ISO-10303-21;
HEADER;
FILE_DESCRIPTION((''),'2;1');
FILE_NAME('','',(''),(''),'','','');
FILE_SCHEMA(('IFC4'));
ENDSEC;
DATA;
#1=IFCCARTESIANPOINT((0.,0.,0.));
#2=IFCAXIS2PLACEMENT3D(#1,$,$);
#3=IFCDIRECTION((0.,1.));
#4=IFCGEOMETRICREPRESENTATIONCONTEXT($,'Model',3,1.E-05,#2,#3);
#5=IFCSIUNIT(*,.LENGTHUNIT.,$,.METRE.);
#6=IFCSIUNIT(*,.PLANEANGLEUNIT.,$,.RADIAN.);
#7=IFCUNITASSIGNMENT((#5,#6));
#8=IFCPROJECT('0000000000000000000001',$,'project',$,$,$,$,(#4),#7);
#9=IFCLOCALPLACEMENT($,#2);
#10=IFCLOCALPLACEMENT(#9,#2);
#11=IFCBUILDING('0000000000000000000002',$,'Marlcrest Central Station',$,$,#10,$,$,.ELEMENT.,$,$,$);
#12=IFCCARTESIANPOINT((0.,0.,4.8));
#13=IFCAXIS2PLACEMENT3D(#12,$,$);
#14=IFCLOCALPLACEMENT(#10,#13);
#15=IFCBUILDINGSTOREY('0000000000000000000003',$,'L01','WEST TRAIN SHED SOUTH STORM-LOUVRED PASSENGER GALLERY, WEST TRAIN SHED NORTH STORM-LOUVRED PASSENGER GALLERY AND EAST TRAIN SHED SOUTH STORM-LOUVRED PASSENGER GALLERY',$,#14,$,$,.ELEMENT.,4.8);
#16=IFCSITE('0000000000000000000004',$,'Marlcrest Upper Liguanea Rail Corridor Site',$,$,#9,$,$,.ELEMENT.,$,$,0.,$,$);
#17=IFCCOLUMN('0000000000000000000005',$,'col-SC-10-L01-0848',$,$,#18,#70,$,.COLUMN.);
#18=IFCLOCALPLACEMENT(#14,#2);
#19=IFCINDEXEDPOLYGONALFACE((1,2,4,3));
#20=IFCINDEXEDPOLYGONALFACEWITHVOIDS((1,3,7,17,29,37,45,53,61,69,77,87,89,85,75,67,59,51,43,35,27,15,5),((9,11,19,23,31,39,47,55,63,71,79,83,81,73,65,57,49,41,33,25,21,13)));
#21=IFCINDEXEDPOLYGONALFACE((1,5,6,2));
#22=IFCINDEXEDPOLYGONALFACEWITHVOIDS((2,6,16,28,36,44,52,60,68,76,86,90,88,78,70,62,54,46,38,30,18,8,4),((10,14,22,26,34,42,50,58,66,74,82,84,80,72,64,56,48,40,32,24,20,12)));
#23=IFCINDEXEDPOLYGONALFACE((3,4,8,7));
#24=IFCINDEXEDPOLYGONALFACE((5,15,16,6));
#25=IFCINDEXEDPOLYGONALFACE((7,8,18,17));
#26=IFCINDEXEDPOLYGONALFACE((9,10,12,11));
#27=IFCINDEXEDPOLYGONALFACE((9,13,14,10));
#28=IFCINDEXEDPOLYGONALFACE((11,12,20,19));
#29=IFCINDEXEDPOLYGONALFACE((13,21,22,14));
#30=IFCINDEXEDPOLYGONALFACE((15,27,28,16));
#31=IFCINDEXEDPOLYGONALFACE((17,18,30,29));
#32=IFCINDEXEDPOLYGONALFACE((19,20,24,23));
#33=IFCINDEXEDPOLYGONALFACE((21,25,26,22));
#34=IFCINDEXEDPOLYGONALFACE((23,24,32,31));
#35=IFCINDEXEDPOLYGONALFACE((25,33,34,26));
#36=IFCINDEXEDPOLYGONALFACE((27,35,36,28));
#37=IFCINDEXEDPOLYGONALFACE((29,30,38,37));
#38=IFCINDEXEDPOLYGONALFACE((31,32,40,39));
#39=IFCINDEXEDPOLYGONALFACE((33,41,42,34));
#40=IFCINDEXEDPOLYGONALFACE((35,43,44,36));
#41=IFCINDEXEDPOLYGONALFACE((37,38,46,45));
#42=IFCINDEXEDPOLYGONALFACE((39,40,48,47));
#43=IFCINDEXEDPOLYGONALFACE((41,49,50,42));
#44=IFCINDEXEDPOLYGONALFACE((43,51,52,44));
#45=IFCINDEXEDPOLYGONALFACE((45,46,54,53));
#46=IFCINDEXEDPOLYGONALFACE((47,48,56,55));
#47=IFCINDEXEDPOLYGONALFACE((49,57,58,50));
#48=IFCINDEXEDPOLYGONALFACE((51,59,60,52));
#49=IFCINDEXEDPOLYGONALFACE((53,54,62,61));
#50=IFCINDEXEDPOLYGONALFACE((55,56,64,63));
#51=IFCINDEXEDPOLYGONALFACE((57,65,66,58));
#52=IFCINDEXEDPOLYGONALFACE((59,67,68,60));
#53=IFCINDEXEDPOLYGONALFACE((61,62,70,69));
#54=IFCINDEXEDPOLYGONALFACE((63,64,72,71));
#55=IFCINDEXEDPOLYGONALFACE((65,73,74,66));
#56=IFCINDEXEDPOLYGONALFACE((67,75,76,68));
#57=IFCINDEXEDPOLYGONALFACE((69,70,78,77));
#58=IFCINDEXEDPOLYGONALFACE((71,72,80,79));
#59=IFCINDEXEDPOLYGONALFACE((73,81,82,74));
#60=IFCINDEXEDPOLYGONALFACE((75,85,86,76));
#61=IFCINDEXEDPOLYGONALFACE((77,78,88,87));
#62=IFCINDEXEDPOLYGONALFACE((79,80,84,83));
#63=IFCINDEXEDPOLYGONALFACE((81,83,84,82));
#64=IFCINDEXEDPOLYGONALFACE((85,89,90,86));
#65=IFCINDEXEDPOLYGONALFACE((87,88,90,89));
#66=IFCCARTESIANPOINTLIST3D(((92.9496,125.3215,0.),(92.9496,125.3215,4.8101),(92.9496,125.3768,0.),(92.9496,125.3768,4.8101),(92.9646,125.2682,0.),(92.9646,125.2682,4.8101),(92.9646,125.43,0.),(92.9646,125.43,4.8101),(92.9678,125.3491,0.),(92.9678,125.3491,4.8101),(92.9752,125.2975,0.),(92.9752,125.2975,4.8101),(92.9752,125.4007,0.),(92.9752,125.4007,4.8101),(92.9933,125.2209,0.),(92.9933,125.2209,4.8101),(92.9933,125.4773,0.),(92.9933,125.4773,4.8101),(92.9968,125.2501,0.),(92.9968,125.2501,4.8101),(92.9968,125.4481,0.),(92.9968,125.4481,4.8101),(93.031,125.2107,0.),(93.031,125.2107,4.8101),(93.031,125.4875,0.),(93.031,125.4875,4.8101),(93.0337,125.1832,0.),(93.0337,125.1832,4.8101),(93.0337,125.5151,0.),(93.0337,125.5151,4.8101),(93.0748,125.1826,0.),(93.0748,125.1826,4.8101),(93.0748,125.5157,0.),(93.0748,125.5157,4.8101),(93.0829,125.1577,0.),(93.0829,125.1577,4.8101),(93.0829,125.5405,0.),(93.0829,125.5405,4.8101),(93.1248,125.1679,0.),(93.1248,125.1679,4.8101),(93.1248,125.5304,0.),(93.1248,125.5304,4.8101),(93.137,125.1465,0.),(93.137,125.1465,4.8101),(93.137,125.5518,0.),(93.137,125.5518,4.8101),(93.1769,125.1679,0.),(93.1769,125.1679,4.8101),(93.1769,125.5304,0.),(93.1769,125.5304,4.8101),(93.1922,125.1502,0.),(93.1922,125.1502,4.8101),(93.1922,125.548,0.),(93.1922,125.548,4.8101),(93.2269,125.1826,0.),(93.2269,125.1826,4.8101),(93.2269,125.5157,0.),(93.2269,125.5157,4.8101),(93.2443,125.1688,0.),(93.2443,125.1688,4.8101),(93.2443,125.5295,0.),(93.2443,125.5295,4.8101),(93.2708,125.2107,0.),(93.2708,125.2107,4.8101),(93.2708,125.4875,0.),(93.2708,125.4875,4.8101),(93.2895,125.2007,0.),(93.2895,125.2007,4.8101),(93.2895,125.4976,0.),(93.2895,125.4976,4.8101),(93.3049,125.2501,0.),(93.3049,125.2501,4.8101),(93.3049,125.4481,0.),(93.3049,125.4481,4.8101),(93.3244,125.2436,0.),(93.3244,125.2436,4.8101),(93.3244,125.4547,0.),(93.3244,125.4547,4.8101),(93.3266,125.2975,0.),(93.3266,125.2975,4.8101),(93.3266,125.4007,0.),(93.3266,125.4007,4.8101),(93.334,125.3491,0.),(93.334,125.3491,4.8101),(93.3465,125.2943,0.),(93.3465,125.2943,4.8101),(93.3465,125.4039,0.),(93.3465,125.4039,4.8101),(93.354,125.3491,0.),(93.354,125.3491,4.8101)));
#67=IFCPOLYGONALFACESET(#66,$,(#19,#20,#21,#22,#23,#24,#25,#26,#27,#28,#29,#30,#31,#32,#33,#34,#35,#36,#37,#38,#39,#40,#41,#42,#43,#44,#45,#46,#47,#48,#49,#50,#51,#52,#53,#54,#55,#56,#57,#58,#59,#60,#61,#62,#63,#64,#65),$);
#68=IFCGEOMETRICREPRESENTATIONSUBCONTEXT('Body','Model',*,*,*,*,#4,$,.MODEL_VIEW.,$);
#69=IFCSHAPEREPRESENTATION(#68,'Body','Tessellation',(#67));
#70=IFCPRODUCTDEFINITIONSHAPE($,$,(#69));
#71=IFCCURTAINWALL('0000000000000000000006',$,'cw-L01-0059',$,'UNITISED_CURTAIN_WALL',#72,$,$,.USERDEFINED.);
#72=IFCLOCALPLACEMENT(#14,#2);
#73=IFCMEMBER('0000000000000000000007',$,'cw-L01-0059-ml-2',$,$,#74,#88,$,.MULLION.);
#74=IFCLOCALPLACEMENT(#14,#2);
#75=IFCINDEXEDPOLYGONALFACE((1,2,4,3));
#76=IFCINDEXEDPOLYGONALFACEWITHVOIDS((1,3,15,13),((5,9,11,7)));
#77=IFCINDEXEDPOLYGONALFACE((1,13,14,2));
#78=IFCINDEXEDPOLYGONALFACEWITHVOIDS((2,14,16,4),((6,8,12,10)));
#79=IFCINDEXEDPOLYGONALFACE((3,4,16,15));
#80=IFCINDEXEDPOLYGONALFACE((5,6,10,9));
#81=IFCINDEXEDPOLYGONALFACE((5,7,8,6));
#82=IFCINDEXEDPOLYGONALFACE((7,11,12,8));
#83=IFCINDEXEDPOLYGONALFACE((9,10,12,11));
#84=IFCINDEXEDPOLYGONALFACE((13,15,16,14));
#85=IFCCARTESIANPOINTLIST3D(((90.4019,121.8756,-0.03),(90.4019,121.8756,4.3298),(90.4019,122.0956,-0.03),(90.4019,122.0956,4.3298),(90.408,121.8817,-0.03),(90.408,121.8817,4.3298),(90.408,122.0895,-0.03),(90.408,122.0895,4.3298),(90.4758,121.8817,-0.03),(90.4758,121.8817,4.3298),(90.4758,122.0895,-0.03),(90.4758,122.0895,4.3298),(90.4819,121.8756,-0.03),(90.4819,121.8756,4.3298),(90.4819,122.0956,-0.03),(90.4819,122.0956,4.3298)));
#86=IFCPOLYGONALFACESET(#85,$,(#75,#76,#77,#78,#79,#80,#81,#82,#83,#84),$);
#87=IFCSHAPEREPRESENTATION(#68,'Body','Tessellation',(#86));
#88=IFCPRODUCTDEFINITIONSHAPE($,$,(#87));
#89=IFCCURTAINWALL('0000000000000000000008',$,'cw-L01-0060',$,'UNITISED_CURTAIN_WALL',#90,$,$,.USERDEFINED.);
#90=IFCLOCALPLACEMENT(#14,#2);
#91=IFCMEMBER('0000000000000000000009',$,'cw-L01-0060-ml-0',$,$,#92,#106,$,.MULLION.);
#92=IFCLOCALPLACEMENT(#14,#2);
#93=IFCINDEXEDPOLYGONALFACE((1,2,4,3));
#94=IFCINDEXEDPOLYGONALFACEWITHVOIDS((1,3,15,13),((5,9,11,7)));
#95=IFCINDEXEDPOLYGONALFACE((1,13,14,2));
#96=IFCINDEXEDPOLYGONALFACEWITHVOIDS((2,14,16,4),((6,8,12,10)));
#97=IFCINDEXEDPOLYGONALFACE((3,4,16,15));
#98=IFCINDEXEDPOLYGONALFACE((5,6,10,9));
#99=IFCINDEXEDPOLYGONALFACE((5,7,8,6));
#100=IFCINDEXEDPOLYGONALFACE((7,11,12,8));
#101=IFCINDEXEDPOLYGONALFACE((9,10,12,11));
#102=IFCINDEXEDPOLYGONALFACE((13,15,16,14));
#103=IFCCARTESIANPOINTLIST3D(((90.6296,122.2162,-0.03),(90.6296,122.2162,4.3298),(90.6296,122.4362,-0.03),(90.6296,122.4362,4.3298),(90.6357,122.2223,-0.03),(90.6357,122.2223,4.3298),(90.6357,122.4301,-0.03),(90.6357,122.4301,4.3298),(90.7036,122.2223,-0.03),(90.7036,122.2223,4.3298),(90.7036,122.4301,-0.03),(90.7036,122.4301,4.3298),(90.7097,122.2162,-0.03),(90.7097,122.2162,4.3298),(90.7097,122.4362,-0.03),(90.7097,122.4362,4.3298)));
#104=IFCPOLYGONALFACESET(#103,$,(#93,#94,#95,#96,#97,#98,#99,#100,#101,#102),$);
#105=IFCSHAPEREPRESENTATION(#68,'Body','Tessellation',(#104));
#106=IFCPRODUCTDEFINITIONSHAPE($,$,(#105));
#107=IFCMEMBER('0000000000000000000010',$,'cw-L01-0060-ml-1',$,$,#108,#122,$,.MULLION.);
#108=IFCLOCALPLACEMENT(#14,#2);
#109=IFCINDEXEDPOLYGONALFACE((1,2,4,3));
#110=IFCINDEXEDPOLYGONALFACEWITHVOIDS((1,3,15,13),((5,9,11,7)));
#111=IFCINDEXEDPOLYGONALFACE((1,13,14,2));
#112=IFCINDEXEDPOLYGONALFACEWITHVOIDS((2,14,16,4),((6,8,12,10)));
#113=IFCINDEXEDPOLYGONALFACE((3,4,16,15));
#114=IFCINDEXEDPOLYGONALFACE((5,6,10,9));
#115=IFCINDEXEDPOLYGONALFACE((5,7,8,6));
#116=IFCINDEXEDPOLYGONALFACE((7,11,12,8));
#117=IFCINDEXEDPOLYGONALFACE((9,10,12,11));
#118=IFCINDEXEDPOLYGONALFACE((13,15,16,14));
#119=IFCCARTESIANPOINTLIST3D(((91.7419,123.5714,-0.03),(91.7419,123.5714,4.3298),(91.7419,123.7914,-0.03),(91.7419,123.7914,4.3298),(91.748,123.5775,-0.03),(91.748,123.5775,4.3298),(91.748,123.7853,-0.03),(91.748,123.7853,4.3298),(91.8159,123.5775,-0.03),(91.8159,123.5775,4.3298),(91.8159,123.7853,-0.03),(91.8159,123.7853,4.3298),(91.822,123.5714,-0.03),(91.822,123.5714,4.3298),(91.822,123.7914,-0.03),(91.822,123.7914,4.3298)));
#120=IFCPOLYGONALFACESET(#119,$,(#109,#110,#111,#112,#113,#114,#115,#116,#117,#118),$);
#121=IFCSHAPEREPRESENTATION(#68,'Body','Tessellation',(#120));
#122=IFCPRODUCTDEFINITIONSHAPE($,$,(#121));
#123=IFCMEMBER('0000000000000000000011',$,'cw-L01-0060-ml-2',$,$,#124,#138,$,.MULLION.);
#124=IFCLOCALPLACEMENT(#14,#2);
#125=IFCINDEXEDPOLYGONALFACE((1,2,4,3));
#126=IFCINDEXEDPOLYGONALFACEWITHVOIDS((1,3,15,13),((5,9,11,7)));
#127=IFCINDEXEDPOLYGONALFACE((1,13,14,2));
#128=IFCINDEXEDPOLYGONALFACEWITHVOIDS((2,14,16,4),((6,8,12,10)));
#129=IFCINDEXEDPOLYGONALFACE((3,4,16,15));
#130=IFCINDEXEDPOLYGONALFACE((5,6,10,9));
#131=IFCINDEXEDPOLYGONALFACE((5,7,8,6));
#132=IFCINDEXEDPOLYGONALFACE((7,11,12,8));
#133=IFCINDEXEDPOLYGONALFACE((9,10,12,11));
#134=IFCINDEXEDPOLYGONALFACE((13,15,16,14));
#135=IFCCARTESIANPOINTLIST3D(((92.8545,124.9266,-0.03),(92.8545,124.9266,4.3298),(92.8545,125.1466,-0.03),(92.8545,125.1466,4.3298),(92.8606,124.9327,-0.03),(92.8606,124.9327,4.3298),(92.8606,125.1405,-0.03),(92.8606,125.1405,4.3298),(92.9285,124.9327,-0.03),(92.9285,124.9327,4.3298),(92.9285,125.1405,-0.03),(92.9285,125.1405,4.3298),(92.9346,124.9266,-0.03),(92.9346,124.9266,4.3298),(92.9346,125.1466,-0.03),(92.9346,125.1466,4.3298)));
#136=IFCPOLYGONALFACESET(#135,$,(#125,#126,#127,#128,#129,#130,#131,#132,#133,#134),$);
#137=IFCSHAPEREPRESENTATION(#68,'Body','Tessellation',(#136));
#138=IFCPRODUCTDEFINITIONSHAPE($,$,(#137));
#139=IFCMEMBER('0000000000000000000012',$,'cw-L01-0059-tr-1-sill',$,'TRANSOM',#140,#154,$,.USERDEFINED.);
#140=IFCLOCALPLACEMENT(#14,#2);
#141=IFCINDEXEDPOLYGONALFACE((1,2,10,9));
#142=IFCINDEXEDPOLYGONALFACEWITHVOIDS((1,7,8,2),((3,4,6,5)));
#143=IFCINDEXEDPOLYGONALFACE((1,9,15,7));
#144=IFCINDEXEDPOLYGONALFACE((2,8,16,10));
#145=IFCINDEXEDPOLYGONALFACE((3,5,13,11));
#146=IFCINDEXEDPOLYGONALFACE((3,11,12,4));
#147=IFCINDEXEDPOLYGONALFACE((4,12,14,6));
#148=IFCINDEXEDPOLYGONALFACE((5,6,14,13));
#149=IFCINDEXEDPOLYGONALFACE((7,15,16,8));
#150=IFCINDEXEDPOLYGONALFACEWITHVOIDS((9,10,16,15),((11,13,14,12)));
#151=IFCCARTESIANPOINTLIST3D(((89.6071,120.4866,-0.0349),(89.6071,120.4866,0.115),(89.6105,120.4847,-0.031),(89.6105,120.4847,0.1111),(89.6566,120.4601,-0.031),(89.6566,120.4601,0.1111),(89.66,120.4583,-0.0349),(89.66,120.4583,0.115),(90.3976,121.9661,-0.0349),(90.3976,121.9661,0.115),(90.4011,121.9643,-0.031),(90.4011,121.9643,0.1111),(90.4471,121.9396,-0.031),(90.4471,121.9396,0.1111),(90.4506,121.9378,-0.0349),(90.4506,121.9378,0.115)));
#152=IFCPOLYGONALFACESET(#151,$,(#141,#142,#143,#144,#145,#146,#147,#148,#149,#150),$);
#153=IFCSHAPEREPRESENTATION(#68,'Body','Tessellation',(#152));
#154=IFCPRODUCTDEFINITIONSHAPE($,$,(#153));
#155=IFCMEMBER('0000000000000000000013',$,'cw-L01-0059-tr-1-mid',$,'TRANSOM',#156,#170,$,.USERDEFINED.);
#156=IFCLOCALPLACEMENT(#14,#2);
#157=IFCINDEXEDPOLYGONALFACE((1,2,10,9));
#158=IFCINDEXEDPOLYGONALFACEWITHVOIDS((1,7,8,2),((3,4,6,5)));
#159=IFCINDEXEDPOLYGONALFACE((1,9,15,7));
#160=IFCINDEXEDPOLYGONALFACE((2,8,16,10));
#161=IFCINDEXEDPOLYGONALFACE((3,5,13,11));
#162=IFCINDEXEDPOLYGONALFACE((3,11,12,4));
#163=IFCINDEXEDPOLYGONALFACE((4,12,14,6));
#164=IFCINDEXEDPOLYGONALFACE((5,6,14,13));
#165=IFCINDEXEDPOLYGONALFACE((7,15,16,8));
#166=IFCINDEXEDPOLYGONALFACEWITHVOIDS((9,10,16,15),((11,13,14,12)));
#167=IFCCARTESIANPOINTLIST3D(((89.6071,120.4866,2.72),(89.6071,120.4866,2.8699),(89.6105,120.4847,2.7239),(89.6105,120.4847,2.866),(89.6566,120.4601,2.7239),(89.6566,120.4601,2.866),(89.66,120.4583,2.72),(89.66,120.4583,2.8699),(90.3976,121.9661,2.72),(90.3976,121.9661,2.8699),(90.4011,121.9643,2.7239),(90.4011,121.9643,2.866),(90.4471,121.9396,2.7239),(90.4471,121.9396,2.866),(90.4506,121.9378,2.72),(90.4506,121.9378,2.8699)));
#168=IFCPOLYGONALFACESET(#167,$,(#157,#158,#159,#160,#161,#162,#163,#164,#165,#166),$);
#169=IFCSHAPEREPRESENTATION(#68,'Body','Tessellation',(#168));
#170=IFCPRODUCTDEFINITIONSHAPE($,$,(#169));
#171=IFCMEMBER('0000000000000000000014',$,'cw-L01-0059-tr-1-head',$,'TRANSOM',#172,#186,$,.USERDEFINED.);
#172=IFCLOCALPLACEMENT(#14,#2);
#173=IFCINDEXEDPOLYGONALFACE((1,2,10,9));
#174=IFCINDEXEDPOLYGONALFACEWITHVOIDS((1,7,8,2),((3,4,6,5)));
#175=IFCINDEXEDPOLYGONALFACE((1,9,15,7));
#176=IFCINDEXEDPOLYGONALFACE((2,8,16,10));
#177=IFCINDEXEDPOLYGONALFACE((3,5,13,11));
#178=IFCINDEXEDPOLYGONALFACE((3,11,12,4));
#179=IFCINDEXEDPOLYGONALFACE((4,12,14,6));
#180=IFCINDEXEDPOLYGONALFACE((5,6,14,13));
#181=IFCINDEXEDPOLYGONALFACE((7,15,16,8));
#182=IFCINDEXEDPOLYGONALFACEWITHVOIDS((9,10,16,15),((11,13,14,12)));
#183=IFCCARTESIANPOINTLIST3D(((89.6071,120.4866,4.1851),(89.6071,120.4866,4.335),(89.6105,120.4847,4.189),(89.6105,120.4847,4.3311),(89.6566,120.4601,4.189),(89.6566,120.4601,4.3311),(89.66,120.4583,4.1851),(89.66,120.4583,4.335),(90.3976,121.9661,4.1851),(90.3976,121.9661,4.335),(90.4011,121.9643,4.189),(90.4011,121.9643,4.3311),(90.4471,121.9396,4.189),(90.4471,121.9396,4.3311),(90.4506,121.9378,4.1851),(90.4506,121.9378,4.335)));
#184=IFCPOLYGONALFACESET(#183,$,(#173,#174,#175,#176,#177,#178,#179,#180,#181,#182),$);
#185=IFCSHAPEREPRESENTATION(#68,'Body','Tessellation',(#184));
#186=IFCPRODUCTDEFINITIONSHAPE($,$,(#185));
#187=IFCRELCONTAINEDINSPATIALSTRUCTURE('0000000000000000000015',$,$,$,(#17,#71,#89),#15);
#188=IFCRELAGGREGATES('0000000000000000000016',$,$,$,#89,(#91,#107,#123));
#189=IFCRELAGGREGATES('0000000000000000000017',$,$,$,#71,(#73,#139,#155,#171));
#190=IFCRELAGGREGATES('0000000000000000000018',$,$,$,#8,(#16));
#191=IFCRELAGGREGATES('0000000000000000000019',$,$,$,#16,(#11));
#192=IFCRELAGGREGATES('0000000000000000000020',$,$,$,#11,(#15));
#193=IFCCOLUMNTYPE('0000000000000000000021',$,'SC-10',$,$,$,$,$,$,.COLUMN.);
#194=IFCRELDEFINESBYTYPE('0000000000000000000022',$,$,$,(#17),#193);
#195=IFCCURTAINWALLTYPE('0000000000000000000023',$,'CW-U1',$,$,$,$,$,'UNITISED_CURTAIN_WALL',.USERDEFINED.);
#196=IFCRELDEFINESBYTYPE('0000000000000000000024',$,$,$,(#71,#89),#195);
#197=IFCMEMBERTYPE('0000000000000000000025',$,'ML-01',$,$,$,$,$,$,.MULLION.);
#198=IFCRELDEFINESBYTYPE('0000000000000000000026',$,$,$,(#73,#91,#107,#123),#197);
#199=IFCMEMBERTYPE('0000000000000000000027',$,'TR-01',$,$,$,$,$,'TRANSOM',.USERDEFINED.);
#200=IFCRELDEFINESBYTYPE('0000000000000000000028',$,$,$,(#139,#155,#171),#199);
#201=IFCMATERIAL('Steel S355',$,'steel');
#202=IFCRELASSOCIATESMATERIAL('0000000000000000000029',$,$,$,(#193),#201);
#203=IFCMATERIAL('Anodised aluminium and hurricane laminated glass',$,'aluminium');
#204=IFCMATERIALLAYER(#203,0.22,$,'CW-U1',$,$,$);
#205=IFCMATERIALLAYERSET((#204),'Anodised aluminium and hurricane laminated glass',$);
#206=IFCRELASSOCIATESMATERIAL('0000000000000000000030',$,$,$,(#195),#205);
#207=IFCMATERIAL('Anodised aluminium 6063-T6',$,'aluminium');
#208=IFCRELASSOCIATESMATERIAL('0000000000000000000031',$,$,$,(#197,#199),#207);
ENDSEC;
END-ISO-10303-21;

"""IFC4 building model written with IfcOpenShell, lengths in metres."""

from ifc_helpers import new_model, si_unit, direction, frame, origin, origin_2d, place, context, subcontext, project, spatial, hollow_rectangle, hollow_circle, extrude, material, layer, layer_set, material_profile, profile_set, type_object, element, aggregate, save


model = new_model("IFC4")

# Units and contexts
model_context = context("Model", 3, precision=1e-05, world=origin(), true_north=direction((0.0, 1.0)))
body_context = subcontext(model_context, "Body", "Model", "MODEL_VIEW")
ifc_project = project(units=[si_unit("LENGTHUNIT", "METRE"), si_unit("PLANEANGLEUNIT", "RADIAN")], contexts=[model_context])

# Site, building, storey
site_placement = place(None, origin())
site = spatial("IfcSite", under=ifc_project, at=site_placement, Name="Marlcrest Upper Liguanea Rail Corridor Site", CompositionType="ELEMENT", RefElevation=0.0)
building_placement = place(site_placement, origin())
building = spatial("IfcBuilding", under=site, at=building_placement, Name="Marlcrest Central Station", CompositionType="ELEMENT")
storey_placement = place(building_placement, frame((0.0, 0.0, 4.8)))
storey = spatial("IfcBuildingStorey", under=building, at=storey_placement, Name="L01", Description="WEST TRAIN SHED SOUTH STORM-LOUVRED PASSENGER GALLERY, WEST TRAIN SHED NORTH STORM-LOUVRED PASSENGER GALLERY AND EAST TRAIN SHED SOUTH STORM-LOUVRED PASSENGER GALLERY", CompositionType="ELEMENT", Elevation=4.8)

# Column
ifc_material_1 = material(Name="Steel S355", Category="steel")
ifc_material_profile_1 = material_profile(ifc_material_1, hollow_circle(Radius=0.2031, WallThickness=0.02, at=origin_2d()), Name="CHS 406.4x20")
ifc_profile_set_1 = profile_set([ifc_material_profile_1], Name="Steel S355")
column_type = type_object("IfcColumnType", Name="SC-10", PredefinedType="COLUMN", material=ifc_profile_set_1)
column_placement = place(storey_placement, frame((93.1509, 125.3491, 0.0), z_axis=(0.0, 0.0, 1.0), x_axis=(1.0, 0.0, 0.0)))
element("IfcColumn", 1, at=column_placement, inside=storey, type_object=column_type, Name="col-SC-10-L01-0848", PredefinedType="COLUMN", context=body_context, shape_type="SweptSolid", body=[
    extrude(hollow_circle(Radius=0.2031, WallThickness=0.02, at=origin_2d()), origin(), (0.0, 0.0, 1.0), 4.8101),
])

# Curtain wall, member
ifc_material_2 = material(Name="Anodised aluminium and hurricane laminated glass", Category="aluminium")
ifc_layer_1 = layer(ifc_material_2, 0.22, Name="CW-U1")
ifc_layer_set_1 = layer_set([ifc_layer_1], Name="Anodised aluminium and hurricane laminated glass")
curtain_wall_type = type_object("IfcCurtainWallType", Name="CW-U1", ElementType="UNITISED_CURTAIN_WALL", PredefinedType="USERDEFINED", material=ifc_layer_set_1)
curtain_wall_1_placement = place(storey_placement, origin())
curtain_wall_1 = element("IfcCurtainWall", 2, at=curtain_wall_1_placement, inside=storey, type_object=curtain_wall_type, Name="cw-L01-0059", ObjectType="UNITISED_CURTAIN_WALL", PredefinedType="USERDEFINED")
ifc_material_3 = material(Name="Anodised aluminium 6063-T6", Category="aluminium")
ifc_material_profile_2 = material_profile(ifc_material_3, hollow_rectangle(XDim=0.0801, YDim=0.22, WallThickness=0.0061, at=origin_2d()), Name="AA-RHS 220x80x6")
ifc_profile_set_2 = profile_set([ifc_material_profile_2], Name="Anodised aluminium 6063-T6")
member_type_1 = type_object("IfcMemberType", Name="ML-01", PredefinedType="MULLION", material=ifc_profile_set_2)
member_1_placement = place(storey_placement, frame((90.4419, 121.9856, -0.03), z_axis=(0.0, 0.0, 1.0), x_axis=(1.0, 0.0, 0.0)))
member_1 = element("IfcMember", 3, at=member_1_placement, type_object=member_type_1, Name="cw-L01-0059-ml-2", PredefinedType="MULLION", context=body_context, shape_type="SweptSolid", body=[
    extrude(hollow_rectangle(XDim=0.0801, YDim=0.22, WallThickness=0.0061, at=origin_2d()), origin(), (0.0, 0.0, 1.0), 4.3599),
])

# Curtain wall, members
curtain_wall_2_placement = place(storey_placement, origin())
curtain_wall_2 = element("IfcCurtainWall", 4, at=curtain_wall_2_placement, inside=storey, type_object=curtain_wall_type, Name="cw-L01-0060", ObjectType="UNITISED_CURTAIN_WALL", PredefinedType="USERDEFINED")
member_2_placement = place(storey_placement, frame((90.6697, 122.3262, -0.03), z_axis=(0.0, 0.0, 1.0), x_axis=(1.0, 0.0, 0.0)))
member_2 = element("IfcMember", 5, at=member_2_placement, type_object=member_type_1, Name="cw-L01-0060-ml-0", PredefinedType="MULLION", context=body_context, shape_type="SweptSolid", body=[
    extrude(hollow_rectangle(XDim=0.0801, YDim=0.22, WallThickness=0.0061, at=origin_2d()), origin(), (0.0, 0.0, 1.0), 4.3599),
])
member_3_placement = place(storey_placement, frame((91.782, 123.6814, -0.03), z_axis=(0.0, 0.0, 1.0), x_axis=(1.0, 0.0, 0.0)))
member_3 = element("IfcMember", 6, at=member_3_placement, type_object=member_type_1, Name="cw-L01-0060-ml-1", PredefinedType="MULLION", context=body_context, shape_type="SweptSolid", body=[
    extrude(hollow_rectangle(XDim=0.0801, YDim=0.22, WallThickness=0.0061, at=origin_2d()), origin(), (0.0, 0.0, 1.0), 4.3599),
])
member_4_placement = place(storey_placement, frame((92.8945, 125.0366, -0.03), z_axis=(0.0, 0.0, 1.0), x_axis=(1.0, 0.0, 0.0)))
member_4 = element("IfcMember", 7, at=member_4_placement, type_object=member_type_1, Name="cw-L01-0060-ml-2", PredefinedType="MULLION", context=body_context, shape_type="SweptSolid", body=[
    extrude(hollow_rectangle(XDim=0.0801, YDim=0.22, WallThickness=0.0061, at=origin_2d()), origin(), (0.0, 0.0, 1.0), 4.3599),
])

# Members
ifc_material_profile_3 = material_profile(ifc_material_3, hollow_rectangle(XDim=0.0601, YDim=0.1499, WallThickness=0.0039, at=origin_2d()), Name="AA-RHS 150x60x4")
ifc_profile_set_3 = profile_set([ifc_material_profile_3], Name="Anodised aluminium 6063-T6")
member_type_2 = type_object("IfcMemberType", Name="TR-01", ElementType="TRANSOM", PredefinedType="USERDEFINED", material=ifc_profile_set_3)
member_5_placement = place(storey_placement, frame((89.6335, 120.4724, 0.04), z_axis=(0.471268, 0.88199, 0.0), x_axis=(-0.88199, 0.471268, 0.0)))
member_5 = element("IfcMember", 8, at=member_5_placement, type_object=member_type_2, Name="cw-L01-0059-tr-1-sill", ObjectType="TRANSOM", PredefinedType="USERDEFINED", context=body_context, shape_type="SweptSolid", body=[
    extrude(hollow_rectangle(XDim=0.0601, YDim=0.1499, WallThickness=0.0039, at=origin_2d()), origin(), (0.0, 0.0, 1.0), 1.6775),
])
member_6_placement = place(storey_placement, frame((89.6335, 120.4724, 2.7949), z_axis=(0.471268, 0.88199, 0.0), x_axis=(-0.88199, 0.471268, 0.0)))
member_6 = element("IfcMember", 9, at=member_6_placement, type_object=member_type_2, Name="cw-L01-0059-tr-1-mid", ObjectType="TRANSOM", PredefinedType="USERDEFINED", context=body_context, shape_type="SweptSolid", body=[
    extrude(hollow_rectangle(XDim=0.0601, YDim=0.1499, WallThickness=0.0039, at=origin_2d()), origin(), (0.0, 0.0, 1.0), 1.6775),
])
member_7_placement = place(storey_placement, frame((89.6335, 120.4724, 4.26), z_axis=(0.471268, 0.88199, 0.0), x_axis=(-0.88199, 0.471268, 0.0)))
member_7 = element("IfcMember", 10, at=member_7_placement, type_object=member_type_2, Name="cw-L01-0059-tr-1-head", ObjectType="TRANSOM", PredefinedType="USERDEFINED", context=body_context, shape_type="SweptSolid", body=[
    extrude(hollow_rectangle(XDim=0.0601, YDim=0.1499, WallThickness=0.0039, at=origin_2d()), origin(), (0.0, 0.0, 1.0), 1.6775),
])

aggregate(curtain_wall_2, [member_2, member_3, member_4])
aggregate(curtain_wall_1, [member_1, member_5, member_6, member_7])

save(model, "model.ifc")
